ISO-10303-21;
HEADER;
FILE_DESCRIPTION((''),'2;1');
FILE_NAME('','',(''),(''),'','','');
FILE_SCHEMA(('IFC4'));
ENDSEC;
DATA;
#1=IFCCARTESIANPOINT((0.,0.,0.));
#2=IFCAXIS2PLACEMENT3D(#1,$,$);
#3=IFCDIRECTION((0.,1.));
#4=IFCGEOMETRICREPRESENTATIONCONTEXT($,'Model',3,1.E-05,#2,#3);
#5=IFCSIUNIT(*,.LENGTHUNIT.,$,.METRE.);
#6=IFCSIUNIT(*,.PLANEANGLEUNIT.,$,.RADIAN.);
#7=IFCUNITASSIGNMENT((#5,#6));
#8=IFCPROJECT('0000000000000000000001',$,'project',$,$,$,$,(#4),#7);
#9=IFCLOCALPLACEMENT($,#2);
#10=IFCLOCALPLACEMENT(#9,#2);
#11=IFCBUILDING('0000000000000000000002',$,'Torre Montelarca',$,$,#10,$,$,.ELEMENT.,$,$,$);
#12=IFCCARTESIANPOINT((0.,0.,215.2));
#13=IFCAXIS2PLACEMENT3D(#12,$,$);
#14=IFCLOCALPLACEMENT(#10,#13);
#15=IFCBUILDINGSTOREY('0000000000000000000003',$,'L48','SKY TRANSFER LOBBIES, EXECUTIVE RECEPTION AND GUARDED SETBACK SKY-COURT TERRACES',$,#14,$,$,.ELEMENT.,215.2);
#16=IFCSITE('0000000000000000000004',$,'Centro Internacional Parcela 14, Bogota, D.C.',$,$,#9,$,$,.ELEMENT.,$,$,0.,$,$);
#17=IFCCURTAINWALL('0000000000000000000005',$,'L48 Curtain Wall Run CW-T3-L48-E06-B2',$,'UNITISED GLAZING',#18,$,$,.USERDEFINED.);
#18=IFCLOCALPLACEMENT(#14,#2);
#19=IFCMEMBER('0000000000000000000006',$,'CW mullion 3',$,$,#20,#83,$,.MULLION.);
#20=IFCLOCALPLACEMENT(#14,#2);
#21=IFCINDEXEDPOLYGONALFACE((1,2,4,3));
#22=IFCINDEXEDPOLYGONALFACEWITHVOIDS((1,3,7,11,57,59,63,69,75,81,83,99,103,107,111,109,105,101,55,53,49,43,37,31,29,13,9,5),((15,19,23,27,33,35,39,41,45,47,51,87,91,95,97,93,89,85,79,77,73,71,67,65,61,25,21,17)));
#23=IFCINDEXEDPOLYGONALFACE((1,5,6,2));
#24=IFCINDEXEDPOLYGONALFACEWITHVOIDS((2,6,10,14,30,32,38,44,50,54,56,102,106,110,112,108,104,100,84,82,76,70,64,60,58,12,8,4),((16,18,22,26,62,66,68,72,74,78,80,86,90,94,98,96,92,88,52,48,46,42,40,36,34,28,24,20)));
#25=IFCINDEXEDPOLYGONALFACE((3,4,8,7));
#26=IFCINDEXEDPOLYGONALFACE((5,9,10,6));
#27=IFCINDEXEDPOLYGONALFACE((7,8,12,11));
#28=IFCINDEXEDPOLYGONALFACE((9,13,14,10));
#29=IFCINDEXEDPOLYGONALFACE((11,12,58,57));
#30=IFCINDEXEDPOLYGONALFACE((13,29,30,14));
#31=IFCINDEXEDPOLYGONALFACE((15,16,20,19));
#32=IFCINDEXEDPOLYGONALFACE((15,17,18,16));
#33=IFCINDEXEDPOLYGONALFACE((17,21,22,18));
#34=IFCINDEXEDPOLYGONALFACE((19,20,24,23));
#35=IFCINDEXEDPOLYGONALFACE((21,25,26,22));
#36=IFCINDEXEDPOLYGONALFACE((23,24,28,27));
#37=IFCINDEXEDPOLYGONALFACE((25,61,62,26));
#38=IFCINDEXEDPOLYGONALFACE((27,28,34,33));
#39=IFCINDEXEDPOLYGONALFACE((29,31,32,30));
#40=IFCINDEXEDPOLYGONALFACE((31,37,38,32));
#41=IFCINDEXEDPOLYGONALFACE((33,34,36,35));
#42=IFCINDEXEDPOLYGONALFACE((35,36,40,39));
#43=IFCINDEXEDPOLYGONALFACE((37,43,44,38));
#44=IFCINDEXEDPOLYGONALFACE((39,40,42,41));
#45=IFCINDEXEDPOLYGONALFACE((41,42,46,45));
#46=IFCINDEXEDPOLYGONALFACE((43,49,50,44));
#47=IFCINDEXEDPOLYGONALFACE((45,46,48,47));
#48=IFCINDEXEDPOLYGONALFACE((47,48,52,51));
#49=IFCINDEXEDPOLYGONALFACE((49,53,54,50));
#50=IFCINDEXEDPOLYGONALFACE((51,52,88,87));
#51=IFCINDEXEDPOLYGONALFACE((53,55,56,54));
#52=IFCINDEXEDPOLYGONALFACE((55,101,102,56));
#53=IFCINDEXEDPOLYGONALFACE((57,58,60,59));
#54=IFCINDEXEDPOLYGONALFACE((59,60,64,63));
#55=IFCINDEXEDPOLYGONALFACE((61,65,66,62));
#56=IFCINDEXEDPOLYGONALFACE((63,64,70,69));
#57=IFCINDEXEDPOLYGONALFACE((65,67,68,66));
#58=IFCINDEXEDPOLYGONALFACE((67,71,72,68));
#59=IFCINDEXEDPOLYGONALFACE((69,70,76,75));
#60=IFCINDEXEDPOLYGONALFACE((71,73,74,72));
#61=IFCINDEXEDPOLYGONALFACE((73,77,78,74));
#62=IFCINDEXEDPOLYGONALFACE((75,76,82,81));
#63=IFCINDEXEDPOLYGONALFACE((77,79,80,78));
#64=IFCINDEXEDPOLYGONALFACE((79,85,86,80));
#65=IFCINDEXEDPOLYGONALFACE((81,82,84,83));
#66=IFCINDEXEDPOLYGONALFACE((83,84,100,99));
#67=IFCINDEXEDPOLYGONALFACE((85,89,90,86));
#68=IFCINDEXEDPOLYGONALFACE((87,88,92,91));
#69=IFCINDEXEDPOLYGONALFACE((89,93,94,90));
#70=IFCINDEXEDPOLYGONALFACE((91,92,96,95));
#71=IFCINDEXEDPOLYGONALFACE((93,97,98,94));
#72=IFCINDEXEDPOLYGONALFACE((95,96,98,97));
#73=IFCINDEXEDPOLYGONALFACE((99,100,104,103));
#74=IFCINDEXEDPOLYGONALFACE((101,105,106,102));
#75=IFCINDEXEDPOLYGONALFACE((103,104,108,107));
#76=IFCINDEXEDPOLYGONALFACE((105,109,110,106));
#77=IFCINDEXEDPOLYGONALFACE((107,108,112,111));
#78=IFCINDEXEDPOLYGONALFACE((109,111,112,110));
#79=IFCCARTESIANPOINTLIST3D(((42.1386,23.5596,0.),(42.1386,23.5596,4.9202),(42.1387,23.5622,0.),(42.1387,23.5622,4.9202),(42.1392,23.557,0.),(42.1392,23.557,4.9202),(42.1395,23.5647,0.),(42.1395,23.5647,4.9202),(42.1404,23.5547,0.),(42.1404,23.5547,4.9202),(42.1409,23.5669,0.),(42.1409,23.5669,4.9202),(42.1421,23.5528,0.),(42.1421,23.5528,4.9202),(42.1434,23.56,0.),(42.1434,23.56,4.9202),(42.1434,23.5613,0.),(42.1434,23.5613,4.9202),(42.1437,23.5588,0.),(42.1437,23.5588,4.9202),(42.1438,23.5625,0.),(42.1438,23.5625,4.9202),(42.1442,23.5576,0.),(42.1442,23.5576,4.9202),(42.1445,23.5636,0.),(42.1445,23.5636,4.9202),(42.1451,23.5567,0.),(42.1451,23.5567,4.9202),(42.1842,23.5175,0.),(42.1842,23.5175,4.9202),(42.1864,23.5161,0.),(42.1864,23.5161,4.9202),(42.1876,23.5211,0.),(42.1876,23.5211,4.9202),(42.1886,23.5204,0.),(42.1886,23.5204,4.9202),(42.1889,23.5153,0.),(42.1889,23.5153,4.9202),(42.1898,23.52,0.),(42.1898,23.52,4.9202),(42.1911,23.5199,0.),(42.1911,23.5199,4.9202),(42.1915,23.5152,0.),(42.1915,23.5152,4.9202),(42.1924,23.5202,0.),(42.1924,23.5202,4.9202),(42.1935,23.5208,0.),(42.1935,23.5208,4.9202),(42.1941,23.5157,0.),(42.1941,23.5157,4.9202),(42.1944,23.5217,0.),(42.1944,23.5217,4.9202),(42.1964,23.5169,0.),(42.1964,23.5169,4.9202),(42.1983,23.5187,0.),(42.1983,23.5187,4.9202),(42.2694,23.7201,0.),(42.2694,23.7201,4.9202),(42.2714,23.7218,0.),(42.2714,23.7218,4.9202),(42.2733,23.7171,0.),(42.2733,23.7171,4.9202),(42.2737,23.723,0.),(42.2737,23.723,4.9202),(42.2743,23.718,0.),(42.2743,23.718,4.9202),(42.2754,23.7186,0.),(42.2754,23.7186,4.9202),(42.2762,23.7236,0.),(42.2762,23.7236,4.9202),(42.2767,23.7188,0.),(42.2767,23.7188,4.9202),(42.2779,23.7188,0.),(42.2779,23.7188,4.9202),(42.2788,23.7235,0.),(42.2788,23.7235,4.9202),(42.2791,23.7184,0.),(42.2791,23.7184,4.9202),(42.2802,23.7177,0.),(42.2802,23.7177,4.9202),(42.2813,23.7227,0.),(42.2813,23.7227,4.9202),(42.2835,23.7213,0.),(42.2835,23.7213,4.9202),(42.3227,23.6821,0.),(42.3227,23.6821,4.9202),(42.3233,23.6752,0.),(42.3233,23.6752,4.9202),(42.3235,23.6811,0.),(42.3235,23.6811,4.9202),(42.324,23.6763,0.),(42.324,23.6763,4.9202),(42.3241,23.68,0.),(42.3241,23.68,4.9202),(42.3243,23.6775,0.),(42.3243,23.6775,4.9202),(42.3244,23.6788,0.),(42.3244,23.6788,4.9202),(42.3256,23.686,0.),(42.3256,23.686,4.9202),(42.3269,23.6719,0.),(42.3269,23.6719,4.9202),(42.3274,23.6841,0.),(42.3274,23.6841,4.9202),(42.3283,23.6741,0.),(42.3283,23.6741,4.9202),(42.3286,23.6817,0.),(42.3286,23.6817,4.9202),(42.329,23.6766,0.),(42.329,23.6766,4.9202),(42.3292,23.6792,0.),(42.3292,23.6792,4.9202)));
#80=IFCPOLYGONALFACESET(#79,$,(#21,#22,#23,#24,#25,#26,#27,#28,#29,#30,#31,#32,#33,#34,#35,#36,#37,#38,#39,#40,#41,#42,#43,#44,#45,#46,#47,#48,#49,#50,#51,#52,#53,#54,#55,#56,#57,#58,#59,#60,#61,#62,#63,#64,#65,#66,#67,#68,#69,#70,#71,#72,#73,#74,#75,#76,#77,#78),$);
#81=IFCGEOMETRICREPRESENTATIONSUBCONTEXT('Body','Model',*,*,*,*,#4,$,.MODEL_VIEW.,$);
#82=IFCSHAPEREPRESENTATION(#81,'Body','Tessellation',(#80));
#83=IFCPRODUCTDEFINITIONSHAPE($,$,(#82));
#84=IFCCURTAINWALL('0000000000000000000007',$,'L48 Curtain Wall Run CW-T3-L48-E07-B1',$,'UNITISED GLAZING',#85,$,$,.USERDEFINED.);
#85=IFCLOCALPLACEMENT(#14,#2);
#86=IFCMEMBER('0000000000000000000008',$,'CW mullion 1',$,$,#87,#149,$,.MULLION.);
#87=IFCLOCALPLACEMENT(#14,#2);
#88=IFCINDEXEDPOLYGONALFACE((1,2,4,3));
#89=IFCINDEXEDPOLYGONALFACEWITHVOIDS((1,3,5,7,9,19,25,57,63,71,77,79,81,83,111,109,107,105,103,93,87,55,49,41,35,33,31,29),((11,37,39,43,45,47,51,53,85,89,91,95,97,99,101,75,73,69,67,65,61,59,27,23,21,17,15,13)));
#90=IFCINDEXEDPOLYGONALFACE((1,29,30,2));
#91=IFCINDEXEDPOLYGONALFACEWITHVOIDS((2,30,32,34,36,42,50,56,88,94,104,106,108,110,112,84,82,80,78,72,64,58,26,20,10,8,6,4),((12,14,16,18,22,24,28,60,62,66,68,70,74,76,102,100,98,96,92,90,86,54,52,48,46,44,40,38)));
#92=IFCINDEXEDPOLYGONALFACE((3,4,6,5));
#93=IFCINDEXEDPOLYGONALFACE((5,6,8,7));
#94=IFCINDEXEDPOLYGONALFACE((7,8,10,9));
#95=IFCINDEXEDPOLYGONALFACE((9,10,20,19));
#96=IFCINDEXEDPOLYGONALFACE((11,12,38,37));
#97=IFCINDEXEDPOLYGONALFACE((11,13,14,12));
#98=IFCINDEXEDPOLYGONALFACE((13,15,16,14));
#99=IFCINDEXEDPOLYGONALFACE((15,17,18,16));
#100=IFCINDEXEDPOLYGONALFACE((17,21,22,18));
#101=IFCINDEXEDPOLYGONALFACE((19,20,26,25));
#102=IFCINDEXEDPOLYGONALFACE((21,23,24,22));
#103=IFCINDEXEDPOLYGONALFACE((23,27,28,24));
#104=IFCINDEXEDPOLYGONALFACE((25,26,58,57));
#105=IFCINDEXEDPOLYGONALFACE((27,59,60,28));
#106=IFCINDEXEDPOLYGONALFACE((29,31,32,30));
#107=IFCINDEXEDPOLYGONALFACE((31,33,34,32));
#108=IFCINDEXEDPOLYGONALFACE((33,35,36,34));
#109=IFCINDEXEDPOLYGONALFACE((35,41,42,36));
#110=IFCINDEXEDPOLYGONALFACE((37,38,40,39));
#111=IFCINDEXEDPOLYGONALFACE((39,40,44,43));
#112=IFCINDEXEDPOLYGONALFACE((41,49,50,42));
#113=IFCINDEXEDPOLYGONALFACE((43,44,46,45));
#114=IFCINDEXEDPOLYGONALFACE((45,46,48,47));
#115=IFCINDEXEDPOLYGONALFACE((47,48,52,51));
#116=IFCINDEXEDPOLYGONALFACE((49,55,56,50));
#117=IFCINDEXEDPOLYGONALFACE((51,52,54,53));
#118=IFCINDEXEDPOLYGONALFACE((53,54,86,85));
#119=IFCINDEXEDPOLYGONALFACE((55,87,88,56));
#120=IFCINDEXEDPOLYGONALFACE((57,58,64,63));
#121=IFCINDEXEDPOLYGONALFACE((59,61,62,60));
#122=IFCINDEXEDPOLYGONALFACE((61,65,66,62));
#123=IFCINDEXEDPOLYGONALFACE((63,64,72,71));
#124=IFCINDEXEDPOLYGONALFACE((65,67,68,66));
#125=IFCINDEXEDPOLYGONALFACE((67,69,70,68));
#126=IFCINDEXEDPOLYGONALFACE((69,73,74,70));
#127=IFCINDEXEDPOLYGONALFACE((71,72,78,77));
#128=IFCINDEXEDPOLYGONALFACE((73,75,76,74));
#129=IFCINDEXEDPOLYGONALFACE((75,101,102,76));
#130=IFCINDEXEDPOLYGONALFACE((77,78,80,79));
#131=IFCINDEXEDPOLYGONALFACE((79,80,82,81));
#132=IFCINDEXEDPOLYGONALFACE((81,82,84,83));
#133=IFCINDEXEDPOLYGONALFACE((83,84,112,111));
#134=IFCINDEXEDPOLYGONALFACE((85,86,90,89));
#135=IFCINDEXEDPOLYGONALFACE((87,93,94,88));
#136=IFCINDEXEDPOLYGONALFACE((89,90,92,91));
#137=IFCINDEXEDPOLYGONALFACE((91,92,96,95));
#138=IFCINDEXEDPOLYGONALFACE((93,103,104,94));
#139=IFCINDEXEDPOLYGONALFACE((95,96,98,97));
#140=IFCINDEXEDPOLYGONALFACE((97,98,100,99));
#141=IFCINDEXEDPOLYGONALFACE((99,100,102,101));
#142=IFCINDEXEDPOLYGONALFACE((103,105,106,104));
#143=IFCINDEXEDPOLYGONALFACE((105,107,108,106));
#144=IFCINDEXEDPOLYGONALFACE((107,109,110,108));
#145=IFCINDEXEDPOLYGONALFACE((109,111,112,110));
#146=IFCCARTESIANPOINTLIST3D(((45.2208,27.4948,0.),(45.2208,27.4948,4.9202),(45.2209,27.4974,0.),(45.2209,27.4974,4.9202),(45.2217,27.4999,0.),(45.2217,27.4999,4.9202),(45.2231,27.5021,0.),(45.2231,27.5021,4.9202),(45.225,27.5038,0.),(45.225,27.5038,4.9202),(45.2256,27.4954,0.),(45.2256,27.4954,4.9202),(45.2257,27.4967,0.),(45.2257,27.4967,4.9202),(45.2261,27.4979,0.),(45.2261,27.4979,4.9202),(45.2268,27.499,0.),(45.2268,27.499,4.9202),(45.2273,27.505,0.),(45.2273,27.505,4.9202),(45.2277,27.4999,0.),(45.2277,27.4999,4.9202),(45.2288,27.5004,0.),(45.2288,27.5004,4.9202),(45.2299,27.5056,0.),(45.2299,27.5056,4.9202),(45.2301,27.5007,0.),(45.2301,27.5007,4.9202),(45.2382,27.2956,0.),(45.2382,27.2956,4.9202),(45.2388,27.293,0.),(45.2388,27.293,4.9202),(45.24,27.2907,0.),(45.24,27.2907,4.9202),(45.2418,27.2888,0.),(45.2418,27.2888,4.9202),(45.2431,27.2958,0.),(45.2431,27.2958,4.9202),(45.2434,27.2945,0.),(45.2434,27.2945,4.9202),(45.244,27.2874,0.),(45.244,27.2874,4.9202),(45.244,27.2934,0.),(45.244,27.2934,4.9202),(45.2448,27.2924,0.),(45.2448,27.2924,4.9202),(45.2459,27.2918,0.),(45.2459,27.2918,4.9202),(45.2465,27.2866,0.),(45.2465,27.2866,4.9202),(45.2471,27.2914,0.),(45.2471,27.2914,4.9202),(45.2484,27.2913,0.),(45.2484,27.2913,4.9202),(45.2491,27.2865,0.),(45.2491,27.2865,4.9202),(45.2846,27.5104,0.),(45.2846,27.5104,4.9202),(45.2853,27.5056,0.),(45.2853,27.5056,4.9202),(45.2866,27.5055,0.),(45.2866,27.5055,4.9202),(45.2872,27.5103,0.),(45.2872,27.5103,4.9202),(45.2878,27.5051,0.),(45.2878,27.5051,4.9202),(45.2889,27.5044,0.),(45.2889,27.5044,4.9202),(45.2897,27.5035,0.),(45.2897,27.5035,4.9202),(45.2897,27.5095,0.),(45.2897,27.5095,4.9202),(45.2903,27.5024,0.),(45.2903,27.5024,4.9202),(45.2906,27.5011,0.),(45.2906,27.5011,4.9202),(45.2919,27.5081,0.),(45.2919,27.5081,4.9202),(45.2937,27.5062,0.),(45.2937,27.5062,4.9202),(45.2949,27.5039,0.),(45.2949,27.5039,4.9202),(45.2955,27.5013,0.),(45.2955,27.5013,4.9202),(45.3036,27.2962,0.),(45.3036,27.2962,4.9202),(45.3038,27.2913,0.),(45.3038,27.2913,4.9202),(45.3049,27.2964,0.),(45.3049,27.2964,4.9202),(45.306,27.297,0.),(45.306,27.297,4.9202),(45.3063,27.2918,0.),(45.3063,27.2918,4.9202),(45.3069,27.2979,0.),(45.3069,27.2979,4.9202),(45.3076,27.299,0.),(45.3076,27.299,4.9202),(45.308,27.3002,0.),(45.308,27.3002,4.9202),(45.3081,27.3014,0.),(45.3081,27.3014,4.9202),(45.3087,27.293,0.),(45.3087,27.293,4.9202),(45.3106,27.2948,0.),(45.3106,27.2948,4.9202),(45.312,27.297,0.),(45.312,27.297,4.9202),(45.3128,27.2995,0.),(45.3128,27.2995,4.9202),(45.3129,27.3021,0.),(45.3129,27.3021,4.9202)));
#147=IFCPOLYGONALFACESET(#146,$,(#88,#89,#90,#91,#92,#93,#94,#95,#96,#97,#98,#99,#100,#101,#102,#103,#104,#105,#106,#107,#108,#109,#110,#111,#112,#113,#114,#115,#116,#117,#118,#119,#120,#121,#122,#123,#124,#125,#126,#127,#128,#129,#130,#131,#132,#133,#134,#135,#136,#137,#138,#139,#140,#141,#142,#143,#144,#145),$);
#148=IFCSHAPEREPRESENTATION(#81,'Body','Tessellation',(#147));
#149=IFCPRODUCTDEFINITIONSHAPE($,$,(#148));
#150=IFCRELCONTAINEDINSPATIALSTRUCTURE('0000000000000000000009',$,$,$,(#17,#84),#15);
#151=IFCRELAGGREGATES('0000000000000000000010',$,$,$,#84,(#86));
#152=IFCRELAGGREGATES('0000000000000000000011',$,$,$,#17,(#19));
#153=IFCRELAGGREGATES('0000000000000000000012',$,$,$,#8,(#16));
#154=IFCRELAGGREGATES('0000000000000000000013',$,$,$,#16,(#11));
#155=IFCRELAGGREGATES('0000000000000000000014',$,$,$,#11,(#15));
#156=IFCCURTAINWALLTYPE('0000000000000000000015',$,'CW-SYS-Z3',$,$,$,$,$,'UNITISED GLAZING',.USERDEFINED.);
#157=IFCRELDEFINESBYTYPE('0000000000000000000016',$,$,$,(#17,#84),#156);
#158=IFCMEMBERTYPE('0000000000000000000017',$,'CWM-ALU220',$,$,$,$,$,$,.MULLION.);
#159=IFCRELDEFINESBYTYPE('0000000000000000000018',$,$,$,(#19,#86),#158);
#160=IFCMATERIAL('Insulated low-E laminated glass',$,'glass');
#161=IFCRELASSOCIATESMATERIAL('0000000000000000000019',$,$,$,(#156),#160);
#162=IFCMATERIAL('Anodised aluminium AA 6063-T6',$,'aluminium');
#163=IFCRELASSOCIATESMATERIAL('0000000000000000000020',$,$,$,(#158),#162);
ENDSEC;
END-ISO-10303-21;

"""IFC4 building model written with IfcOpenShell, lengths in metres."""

from ifc_helpers import new_model, si_unit, direction, frame, origin, origin_2d, place, context, subcontext, project, spatial, hollow_rectangle, extrude, source, transform, mapped, material, material_profile, profile_set, type_object, element, aggregate, save


model = new_model("IFC4")

# Units and contexts
model_context = context("Model", 3, precision=1e-05, world=origin(), true_north=direction((0.0, 1.0)))
body_context = subcontext(model_context, "Body", "Model", "MODEL_VIEW")
ifc_project = project(units=[si_unit("LENGTHUNIT", "METRE"), si_unit("PLANEANGLEUNIT", "RADIAN")], contexts=[model_context])

# Site, building, storey
site_placement = place(None, origin())
site = spatial("IfcSite", under=ifc_project, at=site_placement, Name="Centro Internacional Parcela 14, Bogota, D.C.", CompositionType="ELEMENT", RefElevation=0.0)
building_placement = place(site_placement, origin())
building = spatial("IfcBuilding", under=site, at=building_placement, Name="Torre Montelarca", CompositionType="ELEMENT")
storey_placement = place(building_placement, frame((0.0, 0.0, 215.2)))
storey = spatial("IfcBuildingStorey", under=building, at=storey_placement, Name="L48", Description="SKY TRANSFER LOBBIES, EXECUTIVE RECEPTION AND GUARDED SETBACK SKY-COURT TERRACES", CompositionType="ELEMENT", Elevation=215.2)

# Curtain wall, member
ifc_material_1 = material(Name="Insulated low-E laminated glass", Category="glass")
curtain_wall_type = type_object("IfcCurtainWallType", Name="CW-SYS-Z3", ElementType="UNITISED GLAZING", PredefinedType="USERDEFINED", material=ifc_material_1)
ifc_material_2 = material(Name="Anodised aluminium AA 6063-T6", Category="aluminium")
ifc_material_profile_1 = material_profile(ifc_material_2, hollow_rectangle(XDim=0.075, YDim=0.22, WallThickness=0.0049, InnerFilletRadius=0.0049, OuterFilletRadius=0.01, at=origin_2d()), Name="ALU75X220X5", Category="aluminium")
ifc_profile_set_1 = profile_set([ifc_material_profile_1], Name="Anodised aluminium AA 6063-T6")
member_type_1 = type_object("IfcMemberType", Name="CWM-ALU220", PredefinedType="MULLION", material=ifc_profile_set_1)
shared_shape_1 = source(origin(), body_context, "Body", "SweptSolid", [
    extrude(hollow_rectangle(XDim=0.075, YDim=0.22, WallThickness=0.0049, InnerFilletRadius=0.0049, OuterFilletRadius=0.01, at=origin_2d()), origin(), (0.0, 0.0, 1.0), 4.9202),
])
curtain_wall_1_placement = place(storey_placement, origin())
curtain_wall_1 = element("IfcCurtainWall", 1, at=curtain_wall_1_placement, inside=storey, type_object=curtain_wall_type, Name="L48 Curtain Wall Run CW-T3-L48-E06-B2", ObjectType="UNITISED GLAZING", PredefinedType="USERDEFINED")
member_1_placement = place(storey_placement, frame((42.2339, 23.6194, 0.0), z_axis=(0.0, 0.0, 1.0), x_axis=(-0.766049, 0.642782, 0.0)))
member_1 = element("IfcMember", 2, at=member_1_placement, type_object=member_type_1, Name="CW mullion 3", PredefinedType="MULLION", context=body_context, shape_type="MappedRepresentation", body=[
    mapped(shared_shape_1, transform((0.0, 0.0, 0.0), scale=1.0)),
])

# Curtain wall, member
curtain_wall_2_placement = place(storey_placement, origin())
curtain_wall_2 = element("IfcCurtainWall", 3, at=curtain_wall_2_placement, inside=storey, type_object=curtain_wall_type, Name="L48 Curtain Wall Run CW-T3-L48-E07-B1", ObjectType="UNITISED GLAZING", PredefinedType="USERDEFINED")
member_2_placement = place(storey_placement, frame((45.2668, 27.3984, 0.0), z_axis=(0.0, 0.0, 1.0), x_axis=(-0.996192, -0.087183, 0.0)))
member_2 = element("IfcMember", 4, at=member_2_placement, type_object=member_type_1, Name="CW mullion 1", PredefinedType="MULLION", context=body_context, shape_type="MappedRepresentation", body=[
    mapped(shared_shape_1, transform((0.0, 0.0, 0.0), scale=1.0)),
])

aggregate(curtain_wall_2, [member_2])

aggregate(curtain_wall_1, [member_1])

save(model, "model.ifc")
